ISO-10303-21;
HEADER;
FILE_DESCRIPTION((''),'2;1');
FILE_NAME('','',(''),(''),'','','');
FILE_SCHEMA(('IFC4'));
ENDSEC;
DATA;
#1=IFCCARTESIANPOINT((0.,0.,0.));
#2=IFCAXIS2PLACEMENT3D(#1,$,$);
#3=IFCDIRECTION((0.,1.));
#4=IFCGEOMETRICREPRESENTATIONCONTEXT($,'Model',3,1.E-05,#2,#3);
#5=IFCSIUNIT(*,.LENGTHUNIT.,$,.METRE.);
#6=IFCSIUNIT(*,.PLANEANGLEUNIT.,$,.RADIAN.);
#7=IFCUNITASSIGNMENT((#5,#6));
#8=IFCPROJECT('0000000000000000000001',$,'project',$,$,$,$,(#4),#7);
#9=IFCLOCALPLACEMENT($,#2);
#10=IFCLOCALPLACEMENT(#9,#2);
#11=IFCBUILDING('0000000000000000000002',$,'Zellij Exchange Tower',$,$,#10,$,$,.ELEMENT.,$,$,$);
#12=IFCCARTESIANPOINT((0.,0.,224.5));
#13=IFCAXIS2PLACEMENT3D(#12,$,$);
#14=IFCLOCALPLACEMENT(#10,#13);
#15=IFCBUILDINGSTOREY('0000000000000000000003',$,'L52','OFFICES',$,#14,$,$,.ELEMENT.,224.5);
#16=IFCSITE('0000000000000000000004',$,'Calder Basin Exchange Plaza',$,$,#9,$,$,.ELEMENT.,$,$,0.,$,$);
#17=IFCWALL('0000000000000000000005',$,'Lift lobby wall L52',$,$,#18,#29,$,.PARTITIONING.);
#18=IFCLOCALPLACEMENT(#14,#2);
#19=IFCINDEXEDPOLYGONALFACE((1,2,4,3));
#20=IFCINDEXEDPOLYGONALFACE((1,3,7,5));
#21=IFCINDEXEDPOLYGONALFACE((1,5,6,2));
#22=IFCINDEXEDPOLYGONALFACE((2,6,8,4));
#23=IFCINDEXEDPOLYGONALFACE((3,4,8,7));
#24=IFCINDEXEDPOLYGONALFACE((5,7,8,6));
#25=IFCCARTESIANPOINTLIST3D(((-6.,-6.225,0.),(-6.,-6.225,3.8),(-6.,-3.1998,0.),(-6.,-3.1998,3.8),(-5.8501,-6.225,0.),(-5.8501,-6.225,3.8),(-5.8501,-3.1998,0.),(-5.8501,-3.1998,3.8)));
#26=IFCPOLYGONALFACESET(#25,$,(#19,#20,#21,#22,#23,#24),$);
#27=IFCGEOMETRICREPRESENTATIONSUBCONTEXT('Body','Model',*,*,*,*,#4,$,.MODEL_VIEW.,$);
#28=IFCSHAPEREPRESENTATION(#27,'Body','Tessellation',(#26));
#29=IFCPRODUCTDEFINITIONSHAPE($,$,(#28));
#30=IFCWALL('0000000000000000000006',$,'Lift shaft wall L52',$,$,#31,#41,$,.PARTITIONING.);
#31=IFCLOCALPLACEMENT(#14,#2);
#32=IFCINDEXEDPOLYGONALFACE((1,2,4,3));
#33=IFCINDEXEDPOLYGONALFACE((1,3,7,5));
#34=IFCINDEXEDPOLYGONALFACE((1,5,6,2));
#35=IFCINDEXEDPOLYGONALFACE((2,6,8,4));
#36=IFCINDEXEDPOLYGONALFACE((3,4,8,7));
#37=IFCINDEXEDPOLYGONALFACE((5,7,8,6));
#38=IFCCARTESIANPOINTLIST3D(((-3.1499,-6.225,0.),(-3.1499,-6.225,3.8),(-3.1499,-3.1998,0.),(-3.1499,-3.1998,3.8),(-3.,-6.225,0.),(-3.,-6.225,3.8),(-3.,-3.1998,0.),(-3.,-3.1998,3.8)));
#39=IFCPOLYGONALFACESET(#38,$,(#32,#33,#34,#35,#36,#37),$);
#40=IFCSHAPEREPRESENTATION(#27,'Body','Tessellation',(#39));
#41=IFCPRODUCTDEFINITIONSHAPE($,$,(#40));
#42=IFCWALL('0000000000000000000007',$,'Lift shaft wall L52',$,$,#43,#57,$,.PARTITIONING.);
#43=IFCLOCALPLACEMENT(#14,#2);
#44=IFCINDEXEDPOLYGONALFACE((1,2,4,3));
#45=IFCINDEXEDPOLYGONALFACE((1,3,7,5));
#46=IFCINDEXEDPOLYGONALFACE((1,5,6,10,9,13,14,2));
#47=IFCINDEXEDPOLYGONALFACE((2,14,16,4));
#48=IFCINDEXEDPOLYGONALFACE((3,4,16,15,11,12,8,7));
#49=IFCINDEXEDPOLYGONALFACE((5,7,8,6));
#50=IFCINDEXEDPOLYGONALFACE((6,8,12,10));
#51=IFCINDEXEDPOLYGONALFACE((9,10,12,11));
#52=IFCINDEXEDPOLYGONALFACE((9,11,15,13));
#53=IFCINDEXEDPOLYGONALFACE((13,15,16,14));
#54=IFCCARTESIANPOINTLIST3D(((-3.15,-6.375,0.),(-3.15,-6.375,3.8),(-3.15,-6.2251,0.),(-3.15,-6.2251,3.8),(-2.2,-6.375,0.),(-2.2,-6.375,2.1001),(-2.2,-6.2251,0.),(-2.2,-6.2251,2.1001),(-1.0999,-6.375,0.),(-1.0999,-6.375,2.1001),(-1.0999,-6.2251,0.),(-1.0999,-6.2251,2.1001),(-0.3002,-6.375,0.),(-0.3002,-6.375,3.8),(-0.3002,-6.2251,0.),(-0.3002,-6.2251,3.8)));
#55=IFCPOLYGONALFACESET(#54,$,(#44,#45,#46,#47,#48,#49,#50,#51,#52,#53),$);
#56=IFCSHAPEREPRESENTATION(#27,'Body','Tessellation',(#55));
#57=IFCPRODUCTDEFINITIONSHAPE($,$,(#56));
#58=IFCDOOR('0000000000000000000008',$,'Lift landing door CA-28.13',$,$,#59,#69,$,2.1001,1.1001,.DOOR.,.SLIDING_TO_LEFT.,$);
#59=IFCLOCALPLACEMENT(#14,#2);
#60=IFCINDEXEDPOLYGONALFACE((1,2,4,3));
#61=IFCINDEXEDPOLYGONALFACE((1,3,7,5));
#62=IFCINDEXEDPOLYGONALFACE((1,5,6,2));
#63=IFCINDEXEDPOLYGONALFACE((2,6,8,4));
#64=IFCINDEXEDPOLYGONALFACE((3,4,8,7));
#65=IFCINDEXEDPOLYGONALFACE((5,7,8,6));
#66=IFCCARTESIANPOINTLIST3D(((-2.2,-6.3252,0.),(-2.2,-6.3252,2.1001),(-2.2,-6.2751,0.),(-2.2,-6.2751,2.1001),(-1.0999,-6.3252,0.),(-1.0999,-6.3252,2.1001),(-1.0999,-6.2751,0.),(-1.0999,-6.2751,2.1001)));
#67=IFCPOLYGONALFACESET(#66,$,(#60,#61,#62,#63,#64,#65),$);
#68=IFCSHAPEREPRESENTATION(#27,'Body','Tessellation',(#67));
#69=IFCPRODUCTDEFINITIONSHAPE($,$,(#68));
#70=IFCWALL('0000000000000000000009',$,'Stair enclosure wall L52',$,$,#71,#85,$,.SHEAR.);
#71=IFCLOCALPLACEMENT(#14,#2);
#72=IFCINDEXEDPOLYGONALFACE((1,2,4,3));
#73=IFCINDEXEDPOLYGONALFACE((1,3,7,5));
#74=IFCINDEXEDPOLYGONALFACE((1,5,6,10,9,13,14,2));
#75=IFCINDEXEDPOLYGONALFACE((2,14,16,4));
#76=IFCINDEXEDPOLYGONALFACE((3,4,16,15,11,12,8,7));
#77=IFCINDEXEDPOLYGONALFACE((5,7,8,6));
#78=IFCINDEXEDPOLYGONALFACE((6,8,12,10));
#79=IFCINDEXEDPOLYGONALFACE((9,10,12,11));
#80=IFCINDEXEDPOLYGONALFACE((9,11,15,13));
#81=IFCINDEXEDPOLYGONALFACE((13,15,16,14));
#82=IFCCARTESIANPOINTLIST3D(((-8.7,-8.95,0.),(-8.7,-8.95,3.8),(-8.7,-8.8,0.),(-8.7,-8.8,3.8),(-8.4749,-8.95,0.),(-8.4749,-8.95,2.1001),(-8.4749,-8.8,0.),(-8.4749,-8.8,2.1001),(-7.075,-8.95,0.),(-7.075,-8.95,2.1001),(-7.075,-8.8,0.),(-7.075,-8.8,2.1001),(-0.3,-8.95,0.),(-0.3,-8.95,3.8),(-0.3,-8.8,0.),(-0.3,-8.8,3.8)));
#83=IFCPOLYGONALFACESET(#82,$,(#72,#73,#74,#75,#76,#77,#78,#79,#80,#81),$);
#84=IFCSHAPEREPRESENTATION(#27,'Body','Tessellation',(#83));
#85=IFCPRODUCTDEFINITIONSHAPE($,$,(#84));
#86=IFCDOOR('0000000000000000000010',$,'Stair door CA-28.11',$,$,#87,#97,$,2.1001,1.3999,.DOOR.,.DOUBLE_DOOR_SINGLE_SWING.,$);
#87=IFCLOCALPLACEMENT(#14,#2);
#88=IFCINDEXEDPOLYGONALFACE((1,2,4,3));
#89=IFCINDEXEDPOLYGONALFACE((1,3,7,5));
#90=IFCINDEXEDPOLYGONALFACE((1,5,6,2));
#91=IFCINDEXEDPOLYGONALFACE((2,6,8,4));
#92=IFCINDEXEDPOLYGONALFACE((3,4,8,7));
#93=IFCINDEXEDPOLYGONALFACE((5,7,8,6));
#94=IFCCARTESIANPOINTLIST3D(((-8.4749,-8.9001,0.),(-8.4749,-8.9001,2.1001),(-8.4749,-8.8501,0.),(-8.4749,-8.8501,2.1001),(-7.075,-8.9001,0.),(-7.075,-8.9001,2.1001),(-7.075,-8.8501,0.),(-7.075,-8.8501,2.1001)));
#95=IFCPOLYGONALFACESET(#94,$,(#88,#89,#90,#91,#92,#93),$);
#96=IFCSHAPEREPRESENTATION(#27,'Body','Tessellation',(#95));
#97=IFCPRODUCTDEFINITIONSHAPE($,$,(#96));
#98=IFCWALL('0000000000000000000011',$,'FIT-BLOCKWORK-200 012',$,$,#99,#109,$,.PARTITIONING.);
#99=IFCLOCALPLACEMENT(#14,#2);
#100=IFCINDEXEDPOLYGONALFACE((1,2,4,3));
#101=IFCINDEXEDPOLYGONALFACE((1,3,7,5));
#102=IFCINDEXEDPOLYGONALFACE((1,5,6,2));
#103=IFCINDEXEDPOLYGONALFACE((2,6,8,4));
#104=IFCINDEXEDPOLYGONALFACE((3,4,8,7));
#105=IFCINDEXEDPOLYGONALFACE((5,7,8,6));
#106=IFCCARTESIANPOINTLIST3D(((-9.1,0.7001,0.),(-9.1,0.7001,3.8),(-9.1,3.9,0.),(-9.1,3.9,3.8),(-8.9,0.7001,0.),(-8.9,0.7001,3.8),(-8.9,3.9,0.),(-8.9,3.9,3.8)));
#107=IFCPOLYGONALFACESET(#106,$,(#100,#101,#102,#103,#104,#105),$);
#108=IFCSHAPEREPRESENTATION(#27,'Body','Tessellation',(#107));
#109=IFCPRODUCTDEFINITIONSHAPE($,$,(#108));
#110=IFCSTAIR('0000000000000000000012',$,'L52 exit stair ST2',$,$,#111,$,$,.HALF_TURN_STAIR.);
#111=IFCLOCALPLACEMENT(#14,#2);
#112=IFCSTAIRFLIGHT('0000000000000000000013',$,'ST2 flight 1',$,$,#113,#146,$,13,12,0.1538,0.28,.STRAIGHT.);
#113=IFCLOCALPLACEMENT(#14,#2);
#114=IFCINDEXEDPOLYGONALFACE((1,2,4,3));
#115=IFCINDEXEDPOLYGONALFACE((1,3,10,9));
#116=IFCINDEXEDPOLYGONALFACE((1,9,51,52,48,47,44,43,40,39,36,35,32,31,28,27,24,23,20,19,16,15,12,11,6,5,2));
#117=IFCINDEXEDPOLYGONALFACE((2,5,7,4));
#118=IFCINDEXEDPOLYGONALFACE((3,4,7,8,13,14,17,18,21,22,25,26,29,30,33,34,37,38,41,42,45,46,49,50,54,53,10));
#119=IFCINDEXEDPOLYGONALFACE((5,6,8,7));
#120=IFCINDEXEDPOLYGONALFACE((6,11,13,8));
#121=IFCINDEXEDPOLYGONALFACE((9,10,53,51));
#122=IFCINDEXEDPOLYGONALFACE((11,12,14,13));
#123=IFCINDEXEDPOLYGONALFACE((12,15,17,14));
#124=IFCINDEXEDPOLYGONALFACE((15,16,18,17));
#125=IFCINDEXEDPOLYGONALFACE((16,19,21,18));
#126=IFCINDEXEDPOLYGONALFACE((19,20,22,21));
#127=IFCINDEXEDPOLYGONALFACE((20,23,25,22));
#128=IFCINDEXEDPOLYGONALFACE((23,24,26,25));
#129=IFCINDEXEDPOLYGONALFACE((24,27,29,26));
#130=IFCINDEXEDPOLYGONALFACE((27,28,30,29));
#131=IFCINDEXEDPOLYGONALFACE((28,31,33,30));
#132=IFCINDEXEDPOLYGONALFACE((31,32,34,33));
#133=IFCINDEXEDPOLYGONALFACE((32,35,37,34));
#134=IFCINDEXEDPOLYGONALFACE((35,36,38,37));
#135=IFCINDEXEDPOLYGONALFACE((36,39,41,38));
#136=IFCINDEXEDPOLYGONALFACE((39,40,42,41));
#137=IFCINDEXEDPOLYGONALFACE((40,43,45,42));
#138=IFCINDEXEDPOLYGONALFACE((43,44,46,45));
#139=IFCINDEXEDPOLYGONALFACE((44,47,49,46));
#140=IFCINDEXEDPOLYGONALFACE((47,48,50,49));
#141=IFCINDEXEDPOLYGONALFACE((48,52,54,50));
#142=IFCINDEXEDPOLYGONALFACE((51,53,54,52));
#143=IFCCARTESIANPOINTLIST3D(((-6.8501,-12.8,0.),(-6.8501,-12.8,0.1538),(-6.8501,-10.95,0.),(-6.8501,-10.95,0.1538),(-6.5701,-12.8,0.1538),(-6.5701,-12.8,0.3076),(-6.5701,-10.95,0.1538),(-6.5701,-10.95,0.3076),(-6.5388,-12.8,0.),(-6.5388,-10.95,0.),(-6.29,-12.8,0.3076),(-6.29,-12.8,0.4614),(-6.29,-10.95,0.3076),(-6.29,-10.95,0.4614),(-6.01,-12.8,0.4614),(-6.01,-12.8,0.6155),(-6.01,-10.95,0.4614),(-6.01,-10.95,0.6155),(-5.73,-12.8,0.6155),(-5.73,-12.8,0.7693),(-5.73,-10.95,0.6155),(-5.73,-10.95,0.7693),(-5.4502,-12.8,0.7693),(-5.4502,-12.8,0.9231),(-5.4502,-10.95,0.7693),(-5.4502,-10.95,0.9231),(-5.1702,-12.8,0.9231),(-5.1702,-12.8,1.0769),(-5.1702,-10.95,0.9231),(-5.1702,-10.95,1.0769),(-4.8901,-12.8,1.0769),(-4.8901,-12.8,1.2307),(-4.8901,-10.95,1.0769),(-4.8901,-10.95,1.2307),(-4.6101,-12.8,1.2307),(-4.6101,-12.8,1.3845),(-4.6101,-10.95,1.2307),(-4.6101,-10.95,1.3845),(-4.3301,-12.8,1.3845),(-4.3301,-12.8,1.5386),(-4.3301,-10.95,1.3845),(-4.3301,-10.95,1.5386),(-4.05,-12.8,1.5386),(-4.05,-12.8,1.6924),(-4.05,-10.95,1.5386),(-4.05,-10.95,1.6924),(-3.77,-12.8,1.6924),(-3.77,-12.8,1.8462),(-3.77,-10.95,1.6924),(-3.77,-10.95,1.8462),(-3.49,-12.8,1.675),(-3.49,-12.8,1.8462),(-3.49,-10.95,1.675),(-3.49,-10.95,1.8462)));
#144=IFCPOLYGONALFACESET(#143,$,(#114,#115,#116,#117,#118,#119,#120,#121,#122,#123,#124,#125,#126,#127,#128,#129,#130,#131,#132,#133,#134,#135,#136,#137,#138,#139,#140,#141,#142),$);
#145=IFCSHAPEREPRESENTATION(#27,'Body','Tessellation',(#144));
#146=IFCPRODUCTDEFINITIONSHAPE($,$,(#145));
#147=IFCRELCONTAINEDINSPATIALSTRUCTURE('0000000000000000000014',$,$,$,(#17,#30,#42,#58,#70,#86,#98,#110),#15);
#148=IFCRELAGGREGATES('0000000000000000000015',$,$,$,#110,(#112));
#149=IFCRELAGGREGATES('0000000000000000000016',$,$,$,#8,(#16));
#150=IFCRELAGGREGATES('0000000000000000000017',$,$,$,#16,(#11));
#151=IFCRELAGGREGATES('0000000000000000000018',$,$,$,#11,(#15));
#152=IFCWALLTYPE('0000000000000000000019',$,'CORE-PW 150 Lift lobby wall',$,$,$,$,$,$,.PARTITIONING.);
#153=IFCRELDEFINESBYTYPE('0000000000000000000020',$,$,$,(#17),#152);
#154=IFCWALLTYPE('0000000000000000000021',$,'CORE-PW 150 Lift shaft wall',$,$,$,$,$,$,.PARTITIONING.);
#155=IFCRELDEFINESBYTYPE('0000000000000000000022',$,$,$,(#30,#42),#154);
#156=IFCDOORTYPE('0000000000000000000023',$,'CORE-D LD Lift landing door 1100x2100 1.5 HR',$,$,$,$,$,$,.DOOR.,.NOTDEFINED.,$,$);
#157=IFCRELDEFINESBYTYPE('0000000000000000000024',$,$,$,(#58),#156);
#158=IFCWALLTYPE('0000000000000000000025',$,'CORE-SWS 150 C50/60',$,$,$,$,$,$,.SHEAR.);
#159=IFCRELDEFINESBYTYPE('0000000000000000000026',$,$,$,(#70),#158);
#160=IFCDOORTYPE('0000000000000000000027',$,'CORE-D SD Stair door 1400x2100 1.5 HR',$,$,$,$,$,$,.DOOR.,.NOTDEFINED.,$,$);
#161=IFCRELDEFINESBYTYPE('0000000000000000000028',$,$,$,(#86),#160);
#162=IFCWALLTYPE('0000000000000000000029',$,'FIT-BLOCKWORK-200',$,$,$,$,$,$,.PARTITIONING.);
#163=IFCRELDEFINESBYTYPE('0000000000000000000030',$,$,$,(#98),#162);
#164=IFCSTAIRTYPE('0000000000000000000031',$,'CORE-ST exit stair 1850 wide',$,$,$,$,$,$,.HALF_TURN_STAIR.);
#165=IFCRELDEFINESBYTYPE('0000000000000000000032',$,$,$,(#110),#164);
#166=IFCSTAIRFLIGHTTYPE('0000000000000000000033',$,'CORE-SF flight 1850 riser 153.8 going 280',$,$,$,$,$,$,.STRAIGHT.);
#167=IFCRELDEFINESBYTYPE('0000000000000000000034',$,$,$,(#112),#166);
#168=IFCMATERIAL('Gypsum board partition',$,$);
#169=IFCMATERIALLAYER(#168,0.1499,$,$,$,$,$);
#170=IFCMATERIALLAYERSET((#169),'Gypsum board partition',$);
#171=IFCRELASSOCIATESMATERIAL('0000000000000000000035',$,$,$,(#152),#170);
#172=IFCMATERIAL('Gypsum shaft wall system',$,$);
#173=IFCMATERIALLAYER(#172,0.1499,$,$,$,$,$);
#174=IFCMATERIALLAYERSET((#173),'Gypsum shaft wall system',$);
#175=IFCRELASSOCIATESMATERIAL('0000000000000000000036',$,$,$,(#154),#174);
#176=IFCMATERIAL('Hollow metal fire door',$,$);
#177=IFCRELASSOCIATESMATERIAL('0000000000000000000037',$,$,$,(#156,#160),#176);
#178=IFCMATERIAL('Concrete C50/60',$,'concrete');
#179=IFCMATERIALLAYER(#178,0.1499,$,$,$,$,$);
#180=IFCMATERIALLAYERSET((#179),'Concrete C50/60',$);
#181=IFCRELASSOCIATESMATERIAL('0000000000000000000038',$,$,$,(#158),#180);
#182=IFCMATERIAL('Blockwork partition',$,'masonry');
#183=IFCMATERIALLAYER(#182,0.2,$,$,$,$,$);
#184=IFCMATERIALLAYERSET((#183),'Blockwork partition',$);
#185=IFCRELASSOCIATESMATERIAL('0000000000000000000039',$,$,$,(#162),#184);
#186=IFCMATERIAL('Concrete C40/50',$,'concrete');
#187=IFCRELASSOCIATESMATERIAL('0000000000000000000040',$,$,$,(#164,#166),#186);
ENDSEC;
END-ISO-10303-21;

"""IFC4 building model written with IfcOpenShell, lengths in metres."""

from ifc_helpers import new_model, si_unit, direction, frame, frame_2d, origin, place, context, subcontext, project, spatial, polyline, rectangle, outline, extrude, material, layer, layer_set, type_object, element, fill, aggregate, save


model = new_model("IFC4")

# Units and contexts
model_context = context("Model", 3, precision=1e-05, world=origin(), true_north=direction((0.0, 1.0)))
body_context = subcontext(model_context, "Body", "Model", "MODEL_VIEW")
ifc_project = project(units=[si_unit("LENGTHUNIT", "METRE"), si_unit("PLANEANGLEUNIT", "RADIAN")], contexts=[model_context])

# Site, building, storey
site_placement = place(None, origin())
site = spatial("IfcSite", under=ifc_project, at=site_placement, Name="Calder Basin Exchange Plaza", CompositionType="ELEMENT", RefElevation=0.0)
building_placement = place(site_placement, origin())
building = spatial("IfcBuilding", under=site, at=building_placement, Name="Zellij Exchange Tower", CompositionType="ELEMENT")
storey_placement = place(building_placement, frame((0.0, 0.0, 224.5)))
storey = spatial("IfcBuildingStorey", under=building, at=storey_placement, Name="L52", Description="OFFICES", CompositionType="ELEMENT", Elevation=224.5)

# Shared definitions
ifc_material_1 = material(Name="Concrete C50/60", Category="concrete")

# Shared definitions
ifc_material_2 = material(Name="Concrete C40/50", Category="concrete")

# Shared definitions
ifc_material_3 = material(Name="Gypsum shaft wall system")
ifc_material_4 = material(Name="Hollow metal fire door")

# Walls
ifc_material_5 = material(Name="Gypsum board partition")
ifc_layer_1 = layer(ifc_material_5, 0.1499)
ifc_layer_set_1 = layer_set([ifc_layer_1], Name="Gypsum board partition")
wall_type_1 = type_object("IfcWallType", Name="CORE-PW 150 Lift lobby wall", PredefinedType="PARTITIONING", material=ifc_layer_set_1)
wall_1_placement = place(storey_placement, frame((-5.925, -6.2251, 0.0), z_axis=(0.0, 0.0, 1.0), x_axis=(0.0, 1.0, 0.0)))
element("IfcWall", 1, at=wall_1_placement, inside=storey, type_object=wall_type_1, Name="Lift lobby wall L52", PredefinedType="PARTITIONING", context=body_context, shape_type="SweptSolid", body=[
    extrude(rectangle(XDim=3.0251, YDim=0.1499, at=frame_2d((1.5127, 0.0))), origin(), (0.0, 0.0, 1.0), 3.8),
])
ifc_layer_2 = layer(ifc_material_3, 0.1499)
ifc_layer_set_2 = layer_set([ifc_layer_2], Name="Gypsum shaft wall system")
wall_type_2 = type_object("IfcWallType", Name="CORE-PW 150 Lift shaft wall", PredefinedType="PARTITIONING", material=ifc_layer_set_2)
wall_2_placement = place(storey_placement, frame((-3.075, -6.2251, 0.0), z_axis=(0.0, 0.0, 1.0), x_axis=(0.0, 1.0, 0.0)))
element("IfcWall", 2, at=wall_2_placement, inside=storey, type_object=wall_type_2, Name="Lift shaft wall L52", PredefinedType="PARTITIONING", context=body_context, shape_type="SweptSolid", body=[
    extrude(rectangle(XDim=3.0251, YDim=0.1499, at=frame_2d((1.5127, 0.0))), origin(), (0.0, 0.0, 1.0), 3.8),
])

# Walls, openings, doors
wall_3_placement = place(storey_placement, frame((-3.1499, -6.3, 0.0), z_axis=(0.0, 0.0, 1.0), x_axis=(1.0, 0.0, 0.0)))
wall_3 = element("IfcWall", 3, at=wall_3_placement, inside=storey, type_object=wall_type_2, Name="Lift shaft wall L52", PredefinedType="PARTITIONING", context=body_context, shape_type="SweptSolid", body=[
    extrude(rectangle(XDim=2.8499, YDim=0.1499, at=frame_2d((1.4248, 0.0))), origin(), (0.0, 0.0, 1.0), 3.8),
])
opening_1_placement = place(wall_3_placement, frame((0.95, 0.0, 0.0)))
opening_1 = element("IfcOpeningElement", 4, at=opening_1_placement, cuts=wall_3, PredefinedType="OPENING", context=body_context, shape_type="SweptSolid", body=[
    extrude(rectangle(XDim=1.1001, YDim=2.1001, at=frame_2d((0.55, 1.05))), frame((0.0, 0.0869, 0.0), z_axis=(0.0, -1.0, 0.0), x_axis=(1.0, 0.0, 0.0)), (0.0, 0.0, 1.0), 0.1738),
])
door_type_1 = type_object("IfcDoorType", Name="CORE-D LD Lift landing door 1100x2100 1.5 HR", OperationType="NOTDEFINED", PredefinedType="DOOR", material=ifc_material_4)
door_1_placement = place(opening_1_placement, origin())
door_1 = element("IfcDoor", 5, at=door_1_placement, inside=storey, type_object=door_type_1, Name="Lift landing door CA-28.13", OperationType="SLIDING_TO_LEFT", OverallHeight=2.1001, OverallWidth=1.1001, PredefinedType="DOOR", context=body_context, shape_type="SweptSolid", body=[
    extrude(rectangle(XDim=1.1001, YDim=2.1001, at=frame_2d((0.55, 1.05))), frame((0.0, 0.0249, 0.0), z_axis=(0.0, -1.0, 0.0), x_axis=(1.0, 0.0, 0.0)), (0.0, 0.0, 1.0), 0.05),
])
fill(opening_1, door_1)
ifc_layer_3 = layer(ifc_material_1, 0.1499)
ifc_layer_set_3 = layer_set([ifc_layer_3], Name="Concrete C50/60")
wall_type_3 = type_object("IfcWallType", Name="CORE-SWS 150 C50/60", PredefinedType="SHEAR", material=ifc_layer_set_3)
wall_4_placement = place(storey_placement, frame((-8.7, -8.875, 0.0), z_axis=(0.0, 0.0, 1.0), x_axis=(1.0, 0.0, 0.0)))
wall_4 = element("IfcWall", 6, at=wall_4_placement, inside=storey, type_object=wall_type_3, Name="Stair enclosure wall L52", PredefinedType="SHEAR", context=body_context, shape_type="SweptSolid", body=[
    extrude(rectangle(XDim=8.3999, YDim=0.1499, at=frame_2d((4.2, 0.0))), origin(), (0.0, 0.0, 1.0), 3.8),
])
opening_2_placement = place(wall_4_placement, frame((0.2251, 0.0, 0.0)))
opening_2 = element("IfcOpeningElement", 7, at=opening_2_placement, cuts=wall_4, PredefinedType="OPENING", context=body_context, shape_type="SweptSolid", body=[
    extrude(rectangle(XDim=1.3999, YDim=2.1001, at=frame_2d((0.7, 1.05))), frame((0.0, 0.0869, 0.0), z_axis=(0.0, -1.0, 0.0), x_axis=(1.0, 0.0, 0.0)), (0.0, 0.0, 1.0), 0.1738),
])
door_type_2 = type_object("IfcDoorType", Name="CORE-D SD Stair door 1400x2100 1.5 HR", OperationType="NOTDEFINED", PredefinedType="DOOR", material=ifc_material_4)
door_2_placement = place(opening_2_placement, origin())
door_2 = element("IfcDoor", 8, at=door_2_placement, inside=storey, type_object=door_type_2, Name="Stair door CA-28.11", OperationType="DOUBLE_DOOR_SINGLE_SWING", OverallHeight=2.1001, OverallWidth=1.3999, PredefinedType="DOOR", context=body_context, shape_type="SweptSolid", body=[
    extrude(rectangle(XDim=1.3999, YDim=2.1001, at=frame_2d((0.7, 1.05))), frame((0.0, 0.0249, 0.0), z_axis=(0.0, -1.0, 0.0), x_axis=(1.0, 0.0, 0.0)), (0.0, 0.0, 1.0), 0.05),
])
fill(opening_2, door_2)

# Wall
ifc_material_6 = material(Name="Blockwork partition", Category="masonry")
ifc_layer_4 = layer(ifc_material_6, 0.2)
ifc_layer_set_4 = layer_set([ifc_layer_4], Name="Blockwork partition")
wall_type_4 = type_object("IfcWallType", Name="FIT-BLOCKWORK-200", PredefinedType="PARTITIONING", material=ifc_layer_set_4)
wall_5_placement = place(storey_placement, frame((-9.0, 0.7, 0.0), z_axis=(0.0, 0.0, 1.0), x_axis=(0.0, 1.0, 0.0)))
element("IfcWall", 9, at=wall_5_placement, inside=storey, type_object=wall_type_4, Name="FIT-BLOCKWORK-200 012", PredefinedType="PARTITIONING", context=body_context, shape_type="SweptSolid", body=[
    extrude(rectangle(XDim=3.2, YDim=0.2, at=frame_2d((1.6001, 0.0))), origin(), (0.0, 0.0, 1.0), 3.8),
])

# Stair, stair flight
stair_type = type_object("IfcStairType", Name="CORE-ST exit stair 1850 wide", PredefinedType="HALF_TURN_STAIR", material=ifc_material_2)
stair_placement = place(storey_placement, origin())
stair = element("IfcStair", 10, at=stair_placement, inside=storey, type_object=stair_type, Name="L52 exit stair ST2", PredefinedType="HALF_TURN_STAIR")
stair_flight_type = type_object("IfcStairFlightType", Name="CORE-SF flight 1850 riser 153.8 going 280", PredefinedType="STRAIGHT", material=ifc_material_2)
stair_flight_1_placement = place(storey_placement, frame((-6.8501, -11.875, 0.0), z_axis=(0.0, 0.0, 1.0), x_axis=(1.0, 0.0, 0.0)))
stair_flight_1 = element("IfcStairFlight", 11, at=stair_flight_1_placement, type_object=stair_flight_type, Name="ST2 flight 1", NumberOfRisers=13, NumberOfTreads=12, PredefinedType="STRAIGHT", RiserHeight=0.1538, TreadLength=0.28, context=body_context, shape_type="SweptSolid", body=[
    extrude(outline(polyline([(0.0, 0.0), (0.0, 0.1538), (0.28, 0.1538), (0.28, 0.3076), (0.5601, 0.3076), (0.5601, 0.4614), (0.8401, 0.4614), (0.8401, 0.6155), (1.1201, 0.6155), (1.1201, 0.7693), (1.3999, 0.7693), (1.3999, 0.9231), (1.6799, 0.9231), (1.6799, 1.0769), (1.96, 1.0769), (1.96, 1.2307), (2.24, 1.2307), (2.24, 1.3845), (2.52, 1.3845), (2.52, 1.5386), (2.8, 1.5386), (2.8, 1.6924), (3.0801, 1.6924), (3.0801, 1.8462), (3.3601, 1.8462), (3.3601, 2.0), (3.3601, 1.675), (0.3113, 0.0), (0.0, 0.0)])), frame((0.0, 0.925, 0.0), z_axis=(0.0, -1.0, 0.0), x_axis=(1.0, 0.0, 0.0)), (0.0, 0.0, 1.0), 1.8501),
])
aggregate(stair, [stair_flight_1])

save(model, "model.ifc")
